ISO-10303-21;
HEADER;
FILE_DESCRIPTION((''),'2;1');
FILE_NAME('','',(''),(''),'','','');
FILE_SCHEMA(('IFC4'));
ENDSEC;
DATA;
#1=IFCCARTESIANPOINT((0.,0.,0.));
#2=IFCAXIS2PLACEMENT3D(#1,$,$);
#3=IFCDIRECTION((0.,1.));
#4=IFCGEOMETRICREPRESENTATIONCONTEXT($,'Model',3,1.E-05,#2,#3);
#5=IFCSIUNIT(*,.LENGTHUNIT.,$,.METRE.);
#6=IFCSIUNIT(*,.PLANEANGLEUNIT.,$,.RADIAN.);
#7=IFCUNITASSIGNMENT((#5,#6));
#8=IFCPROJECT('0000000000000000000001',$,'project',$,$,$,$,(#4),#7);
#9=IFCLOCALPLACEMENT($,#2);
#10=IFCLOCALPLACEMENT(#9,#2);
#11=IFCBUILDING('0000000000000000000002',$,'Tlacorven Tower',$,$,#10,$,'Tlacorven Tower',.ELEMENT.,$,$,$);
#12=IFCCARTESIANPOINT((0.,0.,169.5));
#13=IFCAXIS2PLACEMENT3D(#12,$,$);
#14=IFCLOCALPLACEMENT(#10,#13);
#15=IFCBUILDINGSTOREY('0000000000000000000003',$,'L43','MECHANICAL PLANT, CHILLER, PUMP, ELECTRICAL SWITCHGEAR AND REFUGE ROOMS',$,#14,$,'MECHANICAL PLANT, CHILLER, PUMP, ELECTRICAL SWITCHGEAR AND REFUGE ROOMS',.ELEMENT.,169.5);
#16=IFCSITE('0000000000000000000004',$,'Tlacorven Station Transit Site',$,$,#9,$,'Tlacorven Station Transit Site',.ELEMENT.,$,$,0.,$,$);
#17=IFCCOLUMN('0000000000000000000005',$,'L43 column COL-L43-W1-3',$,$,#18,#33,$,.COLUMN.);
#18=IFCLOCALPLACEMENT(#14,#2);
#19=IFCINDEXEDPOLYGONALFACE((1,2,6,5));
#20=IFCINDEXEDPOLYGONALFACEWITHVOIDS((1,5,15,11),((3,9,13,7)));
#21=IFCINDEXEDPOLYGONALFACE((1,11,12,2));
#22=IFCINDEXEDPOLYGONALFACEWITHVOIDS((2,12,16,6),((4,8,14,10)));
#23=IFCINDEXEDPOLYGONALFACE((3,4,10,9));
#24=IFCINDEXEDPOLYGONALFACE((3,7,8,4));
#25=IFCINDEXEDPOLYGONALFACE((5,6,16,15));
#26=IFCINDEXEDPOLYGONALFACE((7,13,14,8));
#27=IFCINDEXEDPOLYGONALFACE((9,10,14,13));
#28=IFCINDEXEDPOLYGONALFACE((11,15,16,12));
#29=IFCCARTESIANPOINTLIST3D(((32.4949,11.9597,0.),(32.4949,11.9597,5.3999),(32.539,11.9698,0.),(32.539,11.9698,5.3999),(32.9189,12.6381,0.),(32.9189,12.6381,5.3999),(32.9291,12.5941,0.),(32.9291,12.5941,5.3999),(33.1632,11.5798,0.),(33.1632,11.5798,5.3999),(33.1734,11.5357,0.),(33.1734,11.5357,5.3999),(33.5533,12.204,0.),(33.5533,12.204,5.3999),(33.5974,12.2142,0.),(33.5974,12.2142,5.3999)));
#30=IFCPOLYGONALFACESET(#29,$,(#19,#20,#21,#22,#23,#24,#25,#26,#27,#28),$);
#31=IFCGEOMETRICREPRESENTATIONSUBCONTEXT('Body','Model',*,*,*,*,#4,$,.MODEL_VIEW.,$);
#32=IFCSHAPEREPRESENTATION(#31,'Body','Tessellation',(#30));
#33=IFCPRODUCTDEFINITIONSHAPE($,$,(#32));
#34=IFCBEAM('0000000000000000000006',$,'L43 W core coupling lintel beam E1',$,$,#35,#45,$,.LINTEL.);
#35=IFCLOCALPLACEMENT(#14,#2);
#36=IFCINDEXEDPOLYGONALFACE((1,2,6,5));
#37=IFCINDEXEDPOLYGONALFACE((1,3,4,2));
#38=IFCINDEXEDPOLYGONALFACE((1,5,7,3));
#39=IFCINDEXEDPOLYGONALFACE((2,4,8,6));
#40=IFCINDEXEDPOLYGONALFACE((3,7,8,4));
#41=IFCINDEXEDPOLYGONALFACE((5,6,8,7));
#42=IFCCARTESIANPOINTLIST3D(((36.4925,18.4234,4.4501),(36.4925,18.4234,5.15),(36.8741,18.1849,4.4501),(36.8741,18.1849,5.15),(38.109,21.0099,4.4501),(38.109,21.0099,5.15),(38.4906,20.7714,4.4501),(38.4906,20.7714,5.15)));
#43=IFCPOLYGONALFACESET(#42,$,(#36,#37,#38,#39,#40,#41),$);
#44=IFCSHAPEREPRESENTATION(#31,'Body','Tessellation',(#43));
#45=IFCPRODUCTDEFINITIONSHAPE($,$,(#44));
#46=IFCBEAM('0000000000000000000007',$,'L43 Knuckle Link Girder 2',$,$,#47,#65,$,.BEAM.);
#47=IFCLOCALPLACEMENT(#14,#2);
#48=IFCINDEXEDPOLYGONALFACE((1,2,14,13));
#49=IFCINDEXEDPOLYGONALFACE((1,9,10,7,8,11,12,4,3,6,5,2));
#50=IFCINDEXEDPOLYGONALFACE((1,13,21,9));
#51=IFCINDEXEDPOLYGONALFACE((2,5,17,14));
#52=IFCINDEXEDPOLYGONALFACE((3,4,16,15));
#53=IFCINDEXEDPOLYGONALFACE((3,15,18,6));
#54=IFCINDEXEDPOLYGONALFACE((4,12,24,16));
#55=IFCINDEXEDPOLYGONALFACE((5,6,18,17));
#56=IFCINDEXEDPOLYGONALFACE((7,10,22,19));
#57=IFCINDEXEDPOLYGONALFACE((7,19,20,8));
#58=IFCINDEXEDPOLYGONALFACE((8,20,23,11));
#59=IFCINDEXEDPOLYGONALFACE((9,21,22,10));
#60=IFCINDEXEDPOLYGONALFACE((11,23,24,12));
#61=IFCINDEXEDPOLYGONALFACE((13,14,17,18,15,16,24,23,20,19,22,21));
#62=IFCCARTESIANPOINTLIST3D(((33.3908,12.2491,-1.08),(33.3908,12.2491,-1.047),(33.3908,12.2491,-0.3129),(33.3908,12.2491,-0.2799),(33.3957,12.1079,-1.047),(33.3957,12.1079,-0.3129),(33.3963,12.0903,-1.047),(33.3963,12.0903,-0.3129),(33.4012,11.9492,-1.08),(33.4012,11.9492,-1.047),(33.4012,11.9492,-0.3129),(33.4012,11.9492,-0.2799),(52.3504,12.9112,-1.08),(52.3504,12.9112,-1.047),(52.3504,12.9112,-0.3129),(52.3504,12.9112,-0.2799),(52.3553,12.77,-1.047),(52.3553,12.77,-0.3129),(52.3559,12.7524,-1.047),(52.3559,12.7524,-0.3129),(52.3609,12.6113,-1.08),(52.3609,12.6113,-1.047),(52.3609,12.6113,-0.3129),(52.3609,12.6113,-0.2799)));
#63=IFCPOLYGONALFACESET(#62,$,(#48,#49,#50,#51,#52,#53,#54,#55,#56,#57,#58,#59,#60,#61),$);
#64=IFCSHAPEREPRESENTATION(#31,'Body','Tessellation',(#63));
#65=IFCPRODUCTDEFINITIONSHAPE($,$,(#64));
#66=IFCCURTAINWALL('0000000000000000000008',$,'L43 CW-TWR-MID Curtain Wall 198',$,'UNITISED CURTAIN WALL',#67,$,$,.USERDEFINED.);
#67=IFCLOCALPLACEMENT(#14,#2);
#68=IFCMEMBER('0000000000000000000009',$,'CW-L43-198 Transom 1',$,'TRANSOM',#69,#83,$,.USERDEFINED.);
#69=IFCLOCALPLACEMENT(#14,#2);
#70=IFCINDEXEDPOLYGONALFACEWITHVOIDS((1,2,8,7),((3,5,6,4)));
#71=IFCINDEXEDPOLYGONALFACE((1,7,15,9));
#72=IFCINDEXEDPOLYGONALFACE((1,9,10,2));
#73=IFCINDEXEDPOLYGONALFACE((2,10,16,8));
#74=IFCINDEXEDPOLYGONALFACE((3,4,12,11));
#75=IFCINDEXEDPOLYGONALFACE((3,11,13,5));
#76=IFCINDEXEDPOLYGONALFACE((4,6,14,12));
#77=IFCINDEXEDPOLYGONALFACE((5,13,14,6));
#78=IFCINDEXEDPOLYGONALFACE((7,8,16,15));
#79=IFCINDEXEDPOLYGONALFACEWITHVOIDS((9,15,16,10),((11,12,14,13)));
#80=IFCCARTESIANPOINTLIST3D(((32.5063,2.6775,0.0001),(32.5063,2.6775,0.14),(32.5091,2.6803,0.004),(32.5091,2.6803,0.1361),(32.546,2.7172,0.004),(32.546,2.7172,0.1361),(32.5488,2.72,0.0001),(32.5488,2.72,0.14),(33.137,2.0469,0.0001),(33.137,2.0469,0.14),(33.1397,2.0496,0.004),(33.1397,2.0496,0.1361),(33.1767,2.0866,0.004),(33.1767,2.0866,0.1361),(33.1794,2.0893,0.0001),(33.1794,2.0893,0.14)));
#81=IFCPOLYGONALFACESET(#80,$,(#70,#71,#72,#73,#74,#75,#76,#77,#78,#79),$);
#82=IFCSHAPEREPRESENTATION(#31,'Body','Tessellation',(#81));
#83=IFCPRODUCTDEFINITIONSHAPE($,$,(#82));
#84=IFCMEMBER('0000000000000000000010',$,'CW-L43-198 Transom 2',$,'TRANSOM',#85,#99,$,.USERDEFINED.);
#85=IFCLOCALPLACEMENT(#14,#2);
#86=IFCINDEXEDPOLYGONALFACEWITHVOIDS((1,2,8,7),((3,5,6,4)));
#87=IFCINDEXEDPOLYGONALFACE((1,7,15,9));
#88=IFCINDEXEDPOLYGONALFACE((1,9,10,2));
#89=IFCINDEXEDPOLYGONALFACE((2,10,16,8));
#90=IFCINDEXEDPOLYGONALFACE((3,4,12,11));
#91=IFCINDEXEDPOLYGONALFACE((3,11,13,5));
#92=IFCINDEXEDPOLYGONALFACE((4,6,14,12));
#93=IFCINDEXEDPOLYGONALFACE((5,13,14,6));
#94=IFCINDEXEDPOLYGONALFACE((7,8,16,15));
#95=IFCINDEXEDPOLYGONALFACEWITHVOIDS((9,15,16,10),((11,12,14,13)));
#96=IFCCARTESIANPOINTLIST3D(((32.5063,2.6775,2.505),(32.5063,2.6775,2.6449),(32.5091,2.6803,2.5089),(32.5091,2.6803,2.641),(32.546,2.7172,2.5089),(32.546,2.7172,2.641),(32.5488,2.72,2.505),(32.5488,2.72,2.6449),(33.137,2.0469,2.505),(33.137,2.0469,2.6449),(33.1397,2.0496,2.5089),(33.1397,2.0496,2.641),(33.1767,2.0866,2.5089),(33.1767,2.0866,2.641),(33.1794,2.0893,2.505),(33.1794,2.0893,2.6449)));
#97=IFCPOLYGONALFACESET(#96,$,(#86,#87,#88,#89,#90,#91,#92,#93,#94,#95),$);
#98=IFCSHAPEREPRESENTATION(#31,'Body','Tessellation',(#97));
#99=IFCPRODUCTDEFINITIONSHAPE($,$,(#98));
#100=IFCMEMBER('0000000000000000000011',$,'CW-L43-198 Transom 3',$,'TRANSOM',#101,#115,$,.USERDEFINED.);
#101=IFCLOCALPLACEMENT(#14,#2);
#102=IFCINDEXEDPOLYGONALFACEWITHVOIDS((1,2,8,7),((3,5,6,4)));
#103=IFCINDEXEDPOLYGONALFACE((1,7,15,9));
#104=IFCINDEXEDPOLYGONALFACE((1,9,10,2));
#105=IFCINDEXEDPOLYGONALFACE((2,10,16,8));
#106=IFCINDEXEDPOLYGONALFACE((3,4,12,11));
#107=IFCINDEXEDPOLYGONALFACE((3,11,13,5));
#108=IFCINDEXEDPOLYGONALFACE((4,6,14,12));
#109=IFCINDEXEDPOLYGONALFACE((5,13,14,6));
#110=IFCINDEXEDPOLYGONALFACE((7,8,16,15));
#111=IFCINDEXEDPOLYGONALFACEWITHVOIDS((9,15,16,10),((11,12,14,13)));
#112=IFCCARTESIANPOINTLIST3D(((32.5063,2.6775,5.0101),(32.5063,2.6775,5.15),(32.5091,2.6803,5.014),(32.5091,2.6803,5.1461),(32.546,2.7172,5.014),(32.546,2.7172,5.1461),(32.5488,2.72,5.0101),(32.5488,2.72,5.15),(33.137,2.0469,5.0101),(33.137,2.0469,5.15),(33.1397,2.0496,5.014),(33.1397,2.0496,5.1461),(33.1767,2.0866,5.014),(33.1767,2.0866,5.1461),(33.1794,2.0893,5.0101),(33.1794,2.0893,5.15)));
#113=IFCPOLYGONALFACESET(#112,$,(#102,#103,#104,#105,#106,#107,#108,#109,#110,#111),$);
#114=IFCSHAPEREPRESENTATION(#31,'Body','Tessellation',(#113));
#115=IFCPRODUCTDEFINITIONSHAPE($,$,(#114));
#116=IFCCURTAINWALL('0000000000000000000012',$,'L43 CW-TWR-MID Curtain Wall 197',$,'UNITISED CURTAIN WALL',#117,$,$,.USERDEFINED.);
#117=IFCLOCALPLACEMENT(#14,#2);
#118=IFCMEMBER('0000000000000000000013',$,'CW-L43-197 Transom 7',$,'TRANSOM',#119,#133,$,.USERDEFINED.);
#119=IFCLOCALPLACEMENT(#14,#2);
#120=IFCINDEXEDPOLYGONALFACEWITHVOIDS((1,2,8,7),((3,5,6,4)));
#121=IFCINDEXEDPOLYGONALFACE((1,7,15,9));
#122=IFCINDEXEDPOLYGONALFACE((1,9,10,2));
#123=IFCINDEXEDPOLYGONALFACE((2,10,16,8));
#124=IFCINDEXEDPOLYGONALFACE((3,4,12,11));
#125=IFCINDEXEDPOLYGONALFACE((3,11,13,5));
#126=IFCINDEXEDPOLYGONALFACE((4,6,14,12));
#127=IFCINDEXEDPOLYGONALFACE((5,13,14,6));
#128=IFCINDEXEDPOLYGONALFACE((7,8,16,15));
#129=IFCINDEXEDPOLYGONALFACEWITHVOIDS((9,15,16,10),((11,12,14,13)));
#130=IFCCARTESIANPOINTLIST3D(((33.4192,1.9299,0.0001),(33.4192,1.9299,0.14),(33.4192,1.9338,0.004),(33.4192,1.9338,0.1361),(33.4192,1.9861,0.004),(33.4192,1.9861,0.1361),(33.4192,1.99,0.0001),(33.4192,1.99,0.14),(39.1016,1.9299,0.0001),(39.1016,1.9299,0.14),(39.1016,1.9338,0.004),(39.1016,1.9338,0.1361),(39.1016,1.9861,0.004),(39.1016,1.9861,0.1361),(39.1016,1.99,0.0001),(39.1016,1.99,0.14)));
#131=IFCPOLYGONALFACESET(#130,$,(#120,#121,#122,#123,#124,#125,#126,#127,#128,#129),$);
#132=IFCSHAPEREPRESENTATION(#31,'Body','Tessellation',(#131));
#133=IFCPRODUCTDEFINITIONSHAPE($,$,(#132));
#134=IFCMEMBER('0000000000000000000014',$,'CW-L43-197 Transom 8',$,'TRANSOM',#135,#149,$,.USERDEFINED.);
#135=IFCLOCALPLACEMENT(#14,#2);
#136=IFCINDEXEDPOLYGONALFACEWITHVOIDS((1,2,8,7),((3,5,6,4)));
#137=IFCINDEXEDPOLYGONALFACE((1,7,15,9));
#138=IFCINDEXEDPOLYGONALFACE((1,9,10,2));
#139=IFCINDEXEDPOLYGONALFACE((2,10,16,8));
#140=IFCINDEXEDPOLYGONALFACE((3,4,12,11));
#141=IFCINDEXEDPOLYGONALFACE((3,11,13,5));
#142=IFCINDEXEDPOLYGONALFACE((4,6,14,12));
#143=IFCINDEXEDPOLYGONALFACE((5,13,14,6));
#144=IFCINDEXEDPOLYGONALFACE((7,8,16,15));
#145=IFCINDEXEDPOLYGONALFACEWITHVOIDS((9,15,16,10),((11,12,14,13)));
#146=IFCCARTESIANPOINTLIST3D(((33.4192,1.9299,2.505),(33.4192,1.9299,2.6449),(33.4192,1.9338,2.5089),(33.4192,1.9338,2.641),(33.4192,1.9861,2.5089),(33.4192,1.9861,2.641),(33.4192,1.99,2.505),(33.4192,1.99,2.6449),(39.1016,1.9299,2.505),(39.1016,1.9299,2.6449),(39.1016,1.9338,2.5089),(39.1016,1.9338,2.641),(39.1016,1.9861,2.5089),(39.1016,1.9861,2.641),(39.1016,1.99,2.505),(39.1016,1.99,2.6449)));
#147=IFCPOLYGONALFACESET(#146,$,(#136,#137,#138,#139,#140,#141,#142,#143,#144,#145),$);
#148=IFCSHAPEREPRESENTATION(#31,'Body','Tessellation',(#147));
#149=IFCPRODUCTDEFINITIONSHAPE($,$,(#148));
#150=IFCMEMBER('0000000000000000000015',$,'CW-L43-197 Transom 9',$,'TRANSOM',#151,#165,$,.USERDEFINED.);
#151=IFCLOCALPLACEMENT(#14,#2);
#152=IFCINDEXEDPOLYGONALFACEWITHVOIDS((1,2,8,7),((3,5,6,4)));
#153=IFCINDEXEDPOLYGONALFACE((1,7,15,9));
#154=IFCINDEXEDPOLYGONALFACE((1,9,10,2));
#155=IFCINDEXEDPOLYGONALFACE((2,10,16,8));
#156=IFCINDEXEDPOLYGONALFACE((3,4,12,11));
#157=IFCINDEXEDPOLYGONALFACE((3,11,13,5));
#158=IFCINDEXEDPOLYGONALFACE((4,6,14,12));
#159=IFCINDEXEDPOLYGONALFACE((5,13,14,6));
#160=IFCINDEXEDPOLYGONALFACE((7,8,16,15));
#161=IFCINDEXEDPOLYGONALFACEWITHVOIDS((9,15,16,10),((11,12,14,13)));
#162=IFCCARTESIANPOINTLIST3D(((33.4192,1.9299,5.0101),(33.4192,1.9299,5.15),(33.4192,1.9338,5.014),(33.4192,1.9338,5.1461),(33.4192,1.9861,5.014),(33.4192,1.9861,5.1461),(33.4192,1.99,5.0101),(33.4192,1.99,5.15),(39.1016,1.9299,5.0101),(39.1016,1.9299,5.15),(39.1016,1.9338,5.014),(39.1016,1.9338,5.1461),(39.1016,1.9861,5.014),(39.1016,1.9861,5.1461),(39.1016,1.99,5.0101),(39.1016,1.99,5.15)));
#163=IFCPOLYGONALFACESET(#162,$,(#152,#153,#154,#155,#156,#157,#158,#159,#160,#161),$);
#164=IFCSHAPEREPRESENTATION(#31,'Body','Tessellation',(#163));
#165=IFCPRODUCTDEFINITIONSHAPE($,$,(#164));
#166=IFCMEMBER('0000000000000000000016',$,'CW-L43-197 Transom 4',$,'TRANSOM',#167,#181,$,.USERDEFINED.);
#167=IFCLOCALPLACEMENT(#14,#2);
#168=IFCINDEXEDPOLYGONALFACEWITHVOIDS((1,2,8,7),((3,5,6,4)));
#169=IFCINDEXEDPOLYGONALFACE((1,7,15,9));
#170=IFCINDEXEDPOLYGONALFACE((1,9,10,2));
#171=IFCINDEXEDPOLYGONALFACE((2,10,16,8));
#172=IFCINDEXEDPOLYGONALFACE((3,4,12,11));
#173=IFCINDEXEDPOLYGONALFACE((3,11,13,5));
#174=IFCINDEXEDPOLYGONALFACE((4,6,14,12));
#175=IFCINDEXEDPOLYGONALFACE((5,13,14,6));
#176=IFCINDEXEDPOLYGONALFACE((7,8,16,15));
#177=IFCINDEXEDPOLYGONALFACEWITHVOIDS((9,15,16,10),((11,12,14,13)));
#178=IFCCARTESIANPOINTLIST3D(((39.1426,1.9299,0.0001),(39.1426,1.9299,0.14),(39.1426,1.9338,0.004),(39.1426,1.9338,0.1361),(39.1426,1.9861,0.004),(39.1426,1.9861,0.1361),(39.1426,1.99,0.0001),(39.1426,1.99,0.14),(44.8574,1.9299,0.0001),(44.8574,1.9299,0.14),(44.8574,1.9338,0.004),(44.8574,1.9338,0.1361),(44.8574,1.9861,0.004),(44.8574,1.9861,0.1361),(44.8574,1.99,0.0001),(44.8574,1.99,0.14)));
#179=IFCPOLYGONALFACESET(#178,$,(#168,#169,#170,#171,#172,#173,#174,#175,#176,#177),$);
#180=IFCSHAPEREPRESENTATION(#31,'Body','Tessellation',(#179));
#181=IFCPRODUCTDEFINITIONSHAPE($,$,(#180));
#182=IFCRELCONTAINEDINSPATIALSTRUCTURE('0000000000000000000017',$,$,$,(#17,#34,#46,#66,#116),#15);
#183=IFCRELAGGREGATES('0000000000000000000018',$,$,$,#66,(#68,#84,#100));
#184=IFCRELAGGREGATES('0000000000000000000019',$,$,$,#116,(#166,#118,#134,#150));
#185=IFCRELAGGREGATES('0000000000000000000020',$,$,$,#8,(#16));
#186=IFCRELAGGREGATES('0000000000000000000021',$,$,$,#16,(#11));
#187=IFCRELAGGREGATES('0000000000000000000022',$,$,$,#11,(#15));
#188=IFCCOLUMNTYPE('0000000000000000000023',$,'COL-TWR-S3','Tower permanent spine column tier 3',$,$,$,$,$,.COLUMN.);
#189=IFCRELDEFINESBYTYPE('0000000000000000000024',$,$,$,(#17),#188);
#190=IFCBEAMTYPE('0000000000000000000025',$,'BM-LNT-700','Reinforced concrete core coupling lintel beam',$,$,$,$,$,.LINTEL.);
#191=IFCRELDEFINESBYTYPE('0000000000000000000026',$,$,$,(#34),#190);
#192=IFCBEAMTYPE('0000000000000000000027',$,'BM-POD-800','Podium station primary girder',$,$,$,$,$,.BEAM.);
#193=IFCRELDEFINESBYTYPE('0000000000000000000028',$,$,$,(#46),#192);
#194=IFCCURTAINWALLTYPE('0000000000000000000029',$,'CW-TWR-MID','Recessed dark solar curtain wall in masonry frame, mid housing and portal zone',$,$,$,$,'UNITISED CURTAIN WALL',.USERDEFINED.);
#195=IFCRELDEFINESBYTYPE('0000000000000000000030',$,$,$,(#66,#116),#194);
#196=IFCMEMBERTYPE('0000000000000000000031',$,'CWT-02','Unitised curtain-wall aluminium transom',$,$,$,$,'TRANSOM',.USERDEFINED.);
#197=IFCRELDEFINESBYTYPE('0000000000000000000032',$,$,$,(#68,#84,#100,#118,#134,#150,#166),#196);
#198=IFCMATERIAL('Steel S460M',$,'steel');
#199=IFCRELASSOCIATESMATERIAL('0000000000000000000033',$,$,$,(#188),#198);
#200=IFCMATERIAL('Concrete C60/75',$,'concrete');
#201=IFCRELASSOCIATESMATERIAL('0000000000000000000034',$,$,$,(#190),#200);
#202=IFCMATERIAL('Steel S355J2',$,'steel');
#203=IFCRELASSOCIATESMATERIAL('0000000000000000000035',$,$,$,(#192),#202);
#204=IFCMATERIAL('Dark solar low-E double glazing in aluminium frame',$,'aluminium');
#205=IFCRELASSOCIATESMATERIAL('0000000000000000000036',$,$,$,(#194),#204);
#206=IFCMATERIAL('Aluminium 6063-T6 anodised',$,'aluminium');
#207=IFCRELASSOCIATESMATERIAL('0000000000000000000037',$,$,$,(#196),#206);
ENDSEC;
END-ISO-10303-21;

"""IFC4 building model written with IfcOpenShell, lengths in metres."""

from ifc_helpers import new_model, si_unit, direction, frame, origin, origin_2d, place, context, subcontext, project, spatial, rectangle, hollow_rectangle, i_section, extrude, source, transform, mapped, material, material_profile, profile_set, type_object, element, aggregate, save


model = new_model("IFC4")

# Units and contexts
model_context = context("Model", 3, precision=1e-05, world=origin(), true_north=direction((0.0, 1.0)))
body_context = subcontext(model_context, "Body", "Model", "MODEL_VIEW")
ifc_project = project(units=[si_unit("LENGTHUNIT", "METRE"), si_unit("PLANEANGLEUNIT", "RADIAN")], contexts=[model_context])

# Site, building, storey
site_placement = place(None, origin())
site = spatial("IfcSite", under=ifc_project, at=site_placement, Name="Tlacorven Station Transit Site", LongName="Tlacorven Station Transit Site", CompositionType="ELEMENT", RefElevation=0.0)
building_placement = place(site_placement, origin())
building = spatial("IfcBuilding", under=site, at=building_placement, Name="Tlacorven Tower", LongName="Tlacorven Tower", CompositionType="ELEMENT")
storey_placement = place(building_placement, frame((0.0, 0.0, 169.5)))
storey = spatial("IfcBuildingStorey", under=building, at=storey_placement, Name="L43", Description="MECHANICAL PLANT, CHILLER, PUMP, ELECTRICAL SWITCHGEAR AND REFUGE ROOMS", LongName="MECHANICAL PLANT, CHILLER, PUMP, ELECTRICAL SWITCHGEAR AND REFUGE ROOMS", CompositionType="ELEMENT", Elevation=169.5)

# Column
ifc_material_1 = material(Name="Steel S460M", Category="steel")
ifc_material_profile_1 = material_profile(ifc_material_1, hollow_rectangle(XDim=0.8, YDim=0.8, WallThickness=0.032, at=origin_2d()), Name="BOX 800X800X32")
ifc_profile_set_1 = profile_set([ifc_material_profile_1], Name="Steel S460M")
column_type = type_object("IfcColumnType", Name="COL-TWR-S3", Description="Tower permanent spine column tier 3", PredefinedType="COLUMN", material=ifc_profile_set_1)
shared_shape_1 = source(origin(), body_context, "Body", "SweptSolid", [
    extrude(hollow_rectangle(XDim=0.8, YDim=0.8, WallThickness=0.032, at=origin_2d()), origin(), (0.0, 0.0, 1.0), 5.3999),
])
column_placement = place(storey_placement, frame((33.0461, 12.0869, 0.0), z_axis=(0.0, 0.0, 1.0), x_axis=(-0.848048, 0.529919, 0.0)))
element("IfcColumn", 1, at=column_placement, inside=storey, type_object=column_type, Name="L43 column COL-L43-W1-3", PredefinedType="COLUMN", context=body_context, shape_type="MappedRepresentation", body=[
    mapped(shared_shape_1, transform((0.0, 0.0, 0.0), scale=1.0)),
])

# Beams
ifc_material_2 = material(Name="Concrete C60/75", Category="concrete")
ifc_material_profile_2 = material_profile(ifc_material_2, rectangle(XDim=0.45, YDim=0.7, at=origin_2d()), Name="RC 450X700")
ifc_profile_set_2 = profile_set([ifc_material_profile_2], Name="Concrete C60/75")
beam_type_1 = type_object("IfcBeamType", Name="BM-LNT-700", Description="Reinforced concrete core coupling lintel beam", PredefinedType="LINTEL", material=ifc_profile_set_2)
shared_shape_2 = source(origin(), body_context, "Body", "SweptSolid", [
    extrude(rectangle(XDim=0.45, YDim=0.7, at=origin_2d()), origin(), (0.0, 0.0, 1.0), 3.05),
])
beam_1_placement = place(storey_placement, frame((38.2998, 20.8906, 4.8), z_axis=(-0.529985, -0.848007, 0.0), x_axis=(0.848007, -0.529985, 0.0)))
element("IfcBeam", 2, at=beam_1_placement, inside=storey, type_object=beam_type_1, Name="L43 W core coupling lintel beam E1", PredefinedType="LINTEL", context=body_context, shape_type="MappedRepresentation", body=[
    mapped(shared_shape_2, transform((0.0, 0.0, 0.0), scale=1.0)),
])
ifc_material_3 = material(Name="Steel S355J2", Category="steel")
ifc_material_profile_3 = material_profile(ifc_material_3, i_section(OverallWidth=0.3, OverallDepth=0.8, WebThickness=0.0176, FlangeThickness=0.033, at=origin_2d()), Name="HEB 800")
ifc_profile_set_3 = profile_set([ifc_material_profile_3], Name="Steel S355J2")
beam_type_2 = type_object("IfcBeamType", Name="BM-POD-800", Description="Podium station primary girder", PredefinedType="BEAM", material=ifc_profile_set_3)
shared_shape_3 = source(origin(), body_context, "Body", "SweptSolid", [
    extrude(i_section(OverallWidth=0.3, OverallDepth=0.8, WebThickness=0.0176, FlangeThickness=0.033, at=origin_2d()), origin(), (0.0, 0.0, 1.0), 18.9712),
])
beam_2_placement = place(storey_placement, frame((33.396, 12.0991, -0.6799), z_axis=(0.999391, 0.034901, 0.0), x_axis=(-0.034901, 0.999391, 0.0)))
element("IfcBeam", 3, at=beam_2_placement, inside=storey, type_object=beam_type_2, Name="L43 Knuckle Link Girder 2", PredefinedType="BEAM", context=body_context, shape_type="MappedRepresentation", body=[
    mapped(shared_shape_3, transform((0.0, 0.0, 0.0), scale=1.0)),
])

# Curtain walls, members
ifc_material_4 = material(Name="Dark solar low-E double glazing in aluminium frame", Category="aluminium")
curtain_wall_type = type_object("IfcCurtainWallType", Name="CW-TWR-MID", Description="Recessed dark solar curtain wall in masonry frame, mid housing and portal zone", ElementType="UNITISED CURTAIN WALL", PredefinedType="USERDEFINED", material=ifc_material_4)
curtain_wall_1_placement = place(storey_placement, origin())
curtain_wall_1 = element("IfcCurtainWall", 4, at=curtain_wall_1_placement, inside=storey, type_object=curtain_wall_type, Name="L43 CW-TWR-MID Curtain Wall 198", ObjectType="UNITISED CURTAIN WALL", PredefinedType="USERDEFINED")
ifc_material_5 = material(Name="Aluminium 6063-T6 anodised", Category="aluminium")
ifc_material_profile_4 = material_profile(ifc_material_5, hollow_rectangle(XDim=0.0601, YDim=0.1399, WallThickness=0.0039, at=origin_2d()), Name="ALU TRANSOM 60X140")
ifc_profile_set_4 = profile_set([ifc_material_profile_4], Name="Aluminium 6063-T6 anodised")
member_type_1 = type_object("IfcMemberType", Name="CWT-02", Description="Unitised curtain-wall aluminium transom", ElementType="TRANSOM", PredefinedType="USERDEFINED", material=ifc_profile_set_4)
shared_shape_4 = source(origin(), body_context, "Body", "SweptSolid", [
    extrude(hollow_rectangle(XDim=0.0601, YDim=0.1399, WallThickness=0.0039, at=origin_2d()), origin(), (0.0, 0.0, 1.0), 0.8918),
])
member_1_placement = place(storey_placement, frame((33.1582, 2.0681, 0.0701), z_axis=(-0.707107, 0.707107, 0.0), x_axis=(-0.707107, -0.707107, 0.0)))
member_1 = element("IfcMember", 5, at=member_1_placement, type_object=member_type_1, Name="CW-L43-198 Transom 1", ObjectType="TRANSOM", PredefinedType="USERDEFINED", context=body_context, shape_type="MappedRepresentation", body=[
    mapped(shared_shape_4, transform((0.0, 0.0, 0.0), scale=1.0)),
])
member_2_placement = place(storey_placement, frame((33.1582, 2.0681, 2.575), z_axis=(-0.707107, 0.707107, 0.0), x_axis=(-0.707107, -0.707107, 0.0)))
member_2 = element("IfcMember", 6, at=member_2_placement, type_object=member_type_1, Name="CW-L43-198 Transom 2", ObjectType="TRANSOM", PredefinedType="USERDEFINED", context=body_context, shape_type="MappedRepresentation", body=[
    mapped(shared_shape_4, transform((0.0, 0.0, 0.0), scale=1.0)),
])
member_3_placement = place(storey_placement, frame((33.1582, 2.0681, 5.0801), z_axis=(-0.707107, 0.707107, 0.0), x_axis=(-0.707107, -0.707107, 0.0)))
member_3 = element("IfcMember", 7, at=member_3_placement, type_object=member_type_1, Name="CW-L43-198 Transom 3", ObjectType="TRANSOM", PredefinedType="USERDEFINED", context=body_context, shape_type="MappedRepresentation", body=[
    mapped(shared_shape_4, transform((0.0, 0.0, 0.0), scale=1.0)),
])
curtain_wall_2_placement = place(storey_placement, origin())
curtain_wall_2 = element("IfcCurtainWall", 8, at=curtain_wall_2_placement, inside=storey, type_object=curtain_wall_type, Name="L43 CW-TWR-MID Curtain Wall 197", ObjectType="UNITISED CURTAIN WALL", PredefinedType="USERDEFINED")
shared_shape_5 = source(origin(), body_context, "Body", "SweptSolid", [
    extrude(hollow_rectangle(XDim=0.0601, YDim=0.1399, WallThickness=0.0039, at=origin_2d()), origin(), (0.0, 0.0, 1.0), 5.6824),
])
member_4_placement = place(storey_placement, frame((39.1016, 1.96, 0.0701), z_axis=(-1.0, 0.0, 0.0), x_axis=(0.0, -1.0, 0.0)))
member_4 = element("IfcMember", 9, at=member_4_placement, type_object=member_type_1, Name="CW-L43-197 Transom 7", ObjectType="TRANSOM", PredefinedType="USERDEFINED", context=body_context, shape_type="MappedRepresentation", body=[
    mapped(shared_shape_5, transform((0.0, 0.0, 0.0), scale=1.0)),
])
member_5_placement = place(storey_placement, frame((39.1016, 1.96, 2.575), z_axis=(-1.0, 0.0, 0.0), x_axis=(0.0, -1.0, 0.0)))
member_5 = element("IfcMember", 10, at=member_5_placement, type_object=member_type_1, Name="CW-L43-197 Transom 8", ObjectType="TRANSOM", PredefinedType="USERDEFINED", context=body_context, shape_type="MappedRepresentation", body=[
    mapped(shared_shape_5, transform((0.0, 0.0, 0.0), scale=1.0)),
])
member_6_placement = place(storey_placement, frame((39.1016, 1.96, 5.0801), z_axis=(-1.0, 0.0, 0.0), x_axis=(0.0, -1.0, 0.0)))
member_6 = element("IfcMember", 11, at=member_6_placement, type_object=member_type_1, Name="CW-L43-197 Transom 9", ObjectType="TRANSOM", PredefinedType="USERDEFINED", context=body_context, shape_type="MappedRepresentation", body=[
    mapped(shared_shape_5, transform((0.0, 0.0, 0.0), scale=1.0)),
])
shared_shape_6 = source(origin(), body_context, "Body", "SweptSolid", [
    extrude(hollow_rectangle(XDim=0.0601, YDim=0.1399, WallThickness=0.0039, at=origin_2d()), origin(), (0.0, 0.0, 1.0), 5.7148),
])
member_7_placement = place(storey_placement, frame((44.8574, 1.96, 0.0701), z_axis=(-1.0, 0.0, 0.0), x_axis=(0.0, -1.0, 0.0)))
member_7 = element("IfcMember", 12, at=member_7_placement, type_object=member_type_1, Name="CW-L43-197 Transom 4", ObjectType="TRANSOM", PredefinedType="USERDEFINED", context=body_context, shape_type="MappedRepresentation", body=[
    mapped(shared_shape_6, transform((0.0, 0.0, 0.0), scale=1.0)),
])

aggregate(curtain_wall_1, [member_1, member_2, member_3])

aggregate(curtain_wall_2, [member_7, member_4, member_5, member_6])

save(model, "model.ifc")
